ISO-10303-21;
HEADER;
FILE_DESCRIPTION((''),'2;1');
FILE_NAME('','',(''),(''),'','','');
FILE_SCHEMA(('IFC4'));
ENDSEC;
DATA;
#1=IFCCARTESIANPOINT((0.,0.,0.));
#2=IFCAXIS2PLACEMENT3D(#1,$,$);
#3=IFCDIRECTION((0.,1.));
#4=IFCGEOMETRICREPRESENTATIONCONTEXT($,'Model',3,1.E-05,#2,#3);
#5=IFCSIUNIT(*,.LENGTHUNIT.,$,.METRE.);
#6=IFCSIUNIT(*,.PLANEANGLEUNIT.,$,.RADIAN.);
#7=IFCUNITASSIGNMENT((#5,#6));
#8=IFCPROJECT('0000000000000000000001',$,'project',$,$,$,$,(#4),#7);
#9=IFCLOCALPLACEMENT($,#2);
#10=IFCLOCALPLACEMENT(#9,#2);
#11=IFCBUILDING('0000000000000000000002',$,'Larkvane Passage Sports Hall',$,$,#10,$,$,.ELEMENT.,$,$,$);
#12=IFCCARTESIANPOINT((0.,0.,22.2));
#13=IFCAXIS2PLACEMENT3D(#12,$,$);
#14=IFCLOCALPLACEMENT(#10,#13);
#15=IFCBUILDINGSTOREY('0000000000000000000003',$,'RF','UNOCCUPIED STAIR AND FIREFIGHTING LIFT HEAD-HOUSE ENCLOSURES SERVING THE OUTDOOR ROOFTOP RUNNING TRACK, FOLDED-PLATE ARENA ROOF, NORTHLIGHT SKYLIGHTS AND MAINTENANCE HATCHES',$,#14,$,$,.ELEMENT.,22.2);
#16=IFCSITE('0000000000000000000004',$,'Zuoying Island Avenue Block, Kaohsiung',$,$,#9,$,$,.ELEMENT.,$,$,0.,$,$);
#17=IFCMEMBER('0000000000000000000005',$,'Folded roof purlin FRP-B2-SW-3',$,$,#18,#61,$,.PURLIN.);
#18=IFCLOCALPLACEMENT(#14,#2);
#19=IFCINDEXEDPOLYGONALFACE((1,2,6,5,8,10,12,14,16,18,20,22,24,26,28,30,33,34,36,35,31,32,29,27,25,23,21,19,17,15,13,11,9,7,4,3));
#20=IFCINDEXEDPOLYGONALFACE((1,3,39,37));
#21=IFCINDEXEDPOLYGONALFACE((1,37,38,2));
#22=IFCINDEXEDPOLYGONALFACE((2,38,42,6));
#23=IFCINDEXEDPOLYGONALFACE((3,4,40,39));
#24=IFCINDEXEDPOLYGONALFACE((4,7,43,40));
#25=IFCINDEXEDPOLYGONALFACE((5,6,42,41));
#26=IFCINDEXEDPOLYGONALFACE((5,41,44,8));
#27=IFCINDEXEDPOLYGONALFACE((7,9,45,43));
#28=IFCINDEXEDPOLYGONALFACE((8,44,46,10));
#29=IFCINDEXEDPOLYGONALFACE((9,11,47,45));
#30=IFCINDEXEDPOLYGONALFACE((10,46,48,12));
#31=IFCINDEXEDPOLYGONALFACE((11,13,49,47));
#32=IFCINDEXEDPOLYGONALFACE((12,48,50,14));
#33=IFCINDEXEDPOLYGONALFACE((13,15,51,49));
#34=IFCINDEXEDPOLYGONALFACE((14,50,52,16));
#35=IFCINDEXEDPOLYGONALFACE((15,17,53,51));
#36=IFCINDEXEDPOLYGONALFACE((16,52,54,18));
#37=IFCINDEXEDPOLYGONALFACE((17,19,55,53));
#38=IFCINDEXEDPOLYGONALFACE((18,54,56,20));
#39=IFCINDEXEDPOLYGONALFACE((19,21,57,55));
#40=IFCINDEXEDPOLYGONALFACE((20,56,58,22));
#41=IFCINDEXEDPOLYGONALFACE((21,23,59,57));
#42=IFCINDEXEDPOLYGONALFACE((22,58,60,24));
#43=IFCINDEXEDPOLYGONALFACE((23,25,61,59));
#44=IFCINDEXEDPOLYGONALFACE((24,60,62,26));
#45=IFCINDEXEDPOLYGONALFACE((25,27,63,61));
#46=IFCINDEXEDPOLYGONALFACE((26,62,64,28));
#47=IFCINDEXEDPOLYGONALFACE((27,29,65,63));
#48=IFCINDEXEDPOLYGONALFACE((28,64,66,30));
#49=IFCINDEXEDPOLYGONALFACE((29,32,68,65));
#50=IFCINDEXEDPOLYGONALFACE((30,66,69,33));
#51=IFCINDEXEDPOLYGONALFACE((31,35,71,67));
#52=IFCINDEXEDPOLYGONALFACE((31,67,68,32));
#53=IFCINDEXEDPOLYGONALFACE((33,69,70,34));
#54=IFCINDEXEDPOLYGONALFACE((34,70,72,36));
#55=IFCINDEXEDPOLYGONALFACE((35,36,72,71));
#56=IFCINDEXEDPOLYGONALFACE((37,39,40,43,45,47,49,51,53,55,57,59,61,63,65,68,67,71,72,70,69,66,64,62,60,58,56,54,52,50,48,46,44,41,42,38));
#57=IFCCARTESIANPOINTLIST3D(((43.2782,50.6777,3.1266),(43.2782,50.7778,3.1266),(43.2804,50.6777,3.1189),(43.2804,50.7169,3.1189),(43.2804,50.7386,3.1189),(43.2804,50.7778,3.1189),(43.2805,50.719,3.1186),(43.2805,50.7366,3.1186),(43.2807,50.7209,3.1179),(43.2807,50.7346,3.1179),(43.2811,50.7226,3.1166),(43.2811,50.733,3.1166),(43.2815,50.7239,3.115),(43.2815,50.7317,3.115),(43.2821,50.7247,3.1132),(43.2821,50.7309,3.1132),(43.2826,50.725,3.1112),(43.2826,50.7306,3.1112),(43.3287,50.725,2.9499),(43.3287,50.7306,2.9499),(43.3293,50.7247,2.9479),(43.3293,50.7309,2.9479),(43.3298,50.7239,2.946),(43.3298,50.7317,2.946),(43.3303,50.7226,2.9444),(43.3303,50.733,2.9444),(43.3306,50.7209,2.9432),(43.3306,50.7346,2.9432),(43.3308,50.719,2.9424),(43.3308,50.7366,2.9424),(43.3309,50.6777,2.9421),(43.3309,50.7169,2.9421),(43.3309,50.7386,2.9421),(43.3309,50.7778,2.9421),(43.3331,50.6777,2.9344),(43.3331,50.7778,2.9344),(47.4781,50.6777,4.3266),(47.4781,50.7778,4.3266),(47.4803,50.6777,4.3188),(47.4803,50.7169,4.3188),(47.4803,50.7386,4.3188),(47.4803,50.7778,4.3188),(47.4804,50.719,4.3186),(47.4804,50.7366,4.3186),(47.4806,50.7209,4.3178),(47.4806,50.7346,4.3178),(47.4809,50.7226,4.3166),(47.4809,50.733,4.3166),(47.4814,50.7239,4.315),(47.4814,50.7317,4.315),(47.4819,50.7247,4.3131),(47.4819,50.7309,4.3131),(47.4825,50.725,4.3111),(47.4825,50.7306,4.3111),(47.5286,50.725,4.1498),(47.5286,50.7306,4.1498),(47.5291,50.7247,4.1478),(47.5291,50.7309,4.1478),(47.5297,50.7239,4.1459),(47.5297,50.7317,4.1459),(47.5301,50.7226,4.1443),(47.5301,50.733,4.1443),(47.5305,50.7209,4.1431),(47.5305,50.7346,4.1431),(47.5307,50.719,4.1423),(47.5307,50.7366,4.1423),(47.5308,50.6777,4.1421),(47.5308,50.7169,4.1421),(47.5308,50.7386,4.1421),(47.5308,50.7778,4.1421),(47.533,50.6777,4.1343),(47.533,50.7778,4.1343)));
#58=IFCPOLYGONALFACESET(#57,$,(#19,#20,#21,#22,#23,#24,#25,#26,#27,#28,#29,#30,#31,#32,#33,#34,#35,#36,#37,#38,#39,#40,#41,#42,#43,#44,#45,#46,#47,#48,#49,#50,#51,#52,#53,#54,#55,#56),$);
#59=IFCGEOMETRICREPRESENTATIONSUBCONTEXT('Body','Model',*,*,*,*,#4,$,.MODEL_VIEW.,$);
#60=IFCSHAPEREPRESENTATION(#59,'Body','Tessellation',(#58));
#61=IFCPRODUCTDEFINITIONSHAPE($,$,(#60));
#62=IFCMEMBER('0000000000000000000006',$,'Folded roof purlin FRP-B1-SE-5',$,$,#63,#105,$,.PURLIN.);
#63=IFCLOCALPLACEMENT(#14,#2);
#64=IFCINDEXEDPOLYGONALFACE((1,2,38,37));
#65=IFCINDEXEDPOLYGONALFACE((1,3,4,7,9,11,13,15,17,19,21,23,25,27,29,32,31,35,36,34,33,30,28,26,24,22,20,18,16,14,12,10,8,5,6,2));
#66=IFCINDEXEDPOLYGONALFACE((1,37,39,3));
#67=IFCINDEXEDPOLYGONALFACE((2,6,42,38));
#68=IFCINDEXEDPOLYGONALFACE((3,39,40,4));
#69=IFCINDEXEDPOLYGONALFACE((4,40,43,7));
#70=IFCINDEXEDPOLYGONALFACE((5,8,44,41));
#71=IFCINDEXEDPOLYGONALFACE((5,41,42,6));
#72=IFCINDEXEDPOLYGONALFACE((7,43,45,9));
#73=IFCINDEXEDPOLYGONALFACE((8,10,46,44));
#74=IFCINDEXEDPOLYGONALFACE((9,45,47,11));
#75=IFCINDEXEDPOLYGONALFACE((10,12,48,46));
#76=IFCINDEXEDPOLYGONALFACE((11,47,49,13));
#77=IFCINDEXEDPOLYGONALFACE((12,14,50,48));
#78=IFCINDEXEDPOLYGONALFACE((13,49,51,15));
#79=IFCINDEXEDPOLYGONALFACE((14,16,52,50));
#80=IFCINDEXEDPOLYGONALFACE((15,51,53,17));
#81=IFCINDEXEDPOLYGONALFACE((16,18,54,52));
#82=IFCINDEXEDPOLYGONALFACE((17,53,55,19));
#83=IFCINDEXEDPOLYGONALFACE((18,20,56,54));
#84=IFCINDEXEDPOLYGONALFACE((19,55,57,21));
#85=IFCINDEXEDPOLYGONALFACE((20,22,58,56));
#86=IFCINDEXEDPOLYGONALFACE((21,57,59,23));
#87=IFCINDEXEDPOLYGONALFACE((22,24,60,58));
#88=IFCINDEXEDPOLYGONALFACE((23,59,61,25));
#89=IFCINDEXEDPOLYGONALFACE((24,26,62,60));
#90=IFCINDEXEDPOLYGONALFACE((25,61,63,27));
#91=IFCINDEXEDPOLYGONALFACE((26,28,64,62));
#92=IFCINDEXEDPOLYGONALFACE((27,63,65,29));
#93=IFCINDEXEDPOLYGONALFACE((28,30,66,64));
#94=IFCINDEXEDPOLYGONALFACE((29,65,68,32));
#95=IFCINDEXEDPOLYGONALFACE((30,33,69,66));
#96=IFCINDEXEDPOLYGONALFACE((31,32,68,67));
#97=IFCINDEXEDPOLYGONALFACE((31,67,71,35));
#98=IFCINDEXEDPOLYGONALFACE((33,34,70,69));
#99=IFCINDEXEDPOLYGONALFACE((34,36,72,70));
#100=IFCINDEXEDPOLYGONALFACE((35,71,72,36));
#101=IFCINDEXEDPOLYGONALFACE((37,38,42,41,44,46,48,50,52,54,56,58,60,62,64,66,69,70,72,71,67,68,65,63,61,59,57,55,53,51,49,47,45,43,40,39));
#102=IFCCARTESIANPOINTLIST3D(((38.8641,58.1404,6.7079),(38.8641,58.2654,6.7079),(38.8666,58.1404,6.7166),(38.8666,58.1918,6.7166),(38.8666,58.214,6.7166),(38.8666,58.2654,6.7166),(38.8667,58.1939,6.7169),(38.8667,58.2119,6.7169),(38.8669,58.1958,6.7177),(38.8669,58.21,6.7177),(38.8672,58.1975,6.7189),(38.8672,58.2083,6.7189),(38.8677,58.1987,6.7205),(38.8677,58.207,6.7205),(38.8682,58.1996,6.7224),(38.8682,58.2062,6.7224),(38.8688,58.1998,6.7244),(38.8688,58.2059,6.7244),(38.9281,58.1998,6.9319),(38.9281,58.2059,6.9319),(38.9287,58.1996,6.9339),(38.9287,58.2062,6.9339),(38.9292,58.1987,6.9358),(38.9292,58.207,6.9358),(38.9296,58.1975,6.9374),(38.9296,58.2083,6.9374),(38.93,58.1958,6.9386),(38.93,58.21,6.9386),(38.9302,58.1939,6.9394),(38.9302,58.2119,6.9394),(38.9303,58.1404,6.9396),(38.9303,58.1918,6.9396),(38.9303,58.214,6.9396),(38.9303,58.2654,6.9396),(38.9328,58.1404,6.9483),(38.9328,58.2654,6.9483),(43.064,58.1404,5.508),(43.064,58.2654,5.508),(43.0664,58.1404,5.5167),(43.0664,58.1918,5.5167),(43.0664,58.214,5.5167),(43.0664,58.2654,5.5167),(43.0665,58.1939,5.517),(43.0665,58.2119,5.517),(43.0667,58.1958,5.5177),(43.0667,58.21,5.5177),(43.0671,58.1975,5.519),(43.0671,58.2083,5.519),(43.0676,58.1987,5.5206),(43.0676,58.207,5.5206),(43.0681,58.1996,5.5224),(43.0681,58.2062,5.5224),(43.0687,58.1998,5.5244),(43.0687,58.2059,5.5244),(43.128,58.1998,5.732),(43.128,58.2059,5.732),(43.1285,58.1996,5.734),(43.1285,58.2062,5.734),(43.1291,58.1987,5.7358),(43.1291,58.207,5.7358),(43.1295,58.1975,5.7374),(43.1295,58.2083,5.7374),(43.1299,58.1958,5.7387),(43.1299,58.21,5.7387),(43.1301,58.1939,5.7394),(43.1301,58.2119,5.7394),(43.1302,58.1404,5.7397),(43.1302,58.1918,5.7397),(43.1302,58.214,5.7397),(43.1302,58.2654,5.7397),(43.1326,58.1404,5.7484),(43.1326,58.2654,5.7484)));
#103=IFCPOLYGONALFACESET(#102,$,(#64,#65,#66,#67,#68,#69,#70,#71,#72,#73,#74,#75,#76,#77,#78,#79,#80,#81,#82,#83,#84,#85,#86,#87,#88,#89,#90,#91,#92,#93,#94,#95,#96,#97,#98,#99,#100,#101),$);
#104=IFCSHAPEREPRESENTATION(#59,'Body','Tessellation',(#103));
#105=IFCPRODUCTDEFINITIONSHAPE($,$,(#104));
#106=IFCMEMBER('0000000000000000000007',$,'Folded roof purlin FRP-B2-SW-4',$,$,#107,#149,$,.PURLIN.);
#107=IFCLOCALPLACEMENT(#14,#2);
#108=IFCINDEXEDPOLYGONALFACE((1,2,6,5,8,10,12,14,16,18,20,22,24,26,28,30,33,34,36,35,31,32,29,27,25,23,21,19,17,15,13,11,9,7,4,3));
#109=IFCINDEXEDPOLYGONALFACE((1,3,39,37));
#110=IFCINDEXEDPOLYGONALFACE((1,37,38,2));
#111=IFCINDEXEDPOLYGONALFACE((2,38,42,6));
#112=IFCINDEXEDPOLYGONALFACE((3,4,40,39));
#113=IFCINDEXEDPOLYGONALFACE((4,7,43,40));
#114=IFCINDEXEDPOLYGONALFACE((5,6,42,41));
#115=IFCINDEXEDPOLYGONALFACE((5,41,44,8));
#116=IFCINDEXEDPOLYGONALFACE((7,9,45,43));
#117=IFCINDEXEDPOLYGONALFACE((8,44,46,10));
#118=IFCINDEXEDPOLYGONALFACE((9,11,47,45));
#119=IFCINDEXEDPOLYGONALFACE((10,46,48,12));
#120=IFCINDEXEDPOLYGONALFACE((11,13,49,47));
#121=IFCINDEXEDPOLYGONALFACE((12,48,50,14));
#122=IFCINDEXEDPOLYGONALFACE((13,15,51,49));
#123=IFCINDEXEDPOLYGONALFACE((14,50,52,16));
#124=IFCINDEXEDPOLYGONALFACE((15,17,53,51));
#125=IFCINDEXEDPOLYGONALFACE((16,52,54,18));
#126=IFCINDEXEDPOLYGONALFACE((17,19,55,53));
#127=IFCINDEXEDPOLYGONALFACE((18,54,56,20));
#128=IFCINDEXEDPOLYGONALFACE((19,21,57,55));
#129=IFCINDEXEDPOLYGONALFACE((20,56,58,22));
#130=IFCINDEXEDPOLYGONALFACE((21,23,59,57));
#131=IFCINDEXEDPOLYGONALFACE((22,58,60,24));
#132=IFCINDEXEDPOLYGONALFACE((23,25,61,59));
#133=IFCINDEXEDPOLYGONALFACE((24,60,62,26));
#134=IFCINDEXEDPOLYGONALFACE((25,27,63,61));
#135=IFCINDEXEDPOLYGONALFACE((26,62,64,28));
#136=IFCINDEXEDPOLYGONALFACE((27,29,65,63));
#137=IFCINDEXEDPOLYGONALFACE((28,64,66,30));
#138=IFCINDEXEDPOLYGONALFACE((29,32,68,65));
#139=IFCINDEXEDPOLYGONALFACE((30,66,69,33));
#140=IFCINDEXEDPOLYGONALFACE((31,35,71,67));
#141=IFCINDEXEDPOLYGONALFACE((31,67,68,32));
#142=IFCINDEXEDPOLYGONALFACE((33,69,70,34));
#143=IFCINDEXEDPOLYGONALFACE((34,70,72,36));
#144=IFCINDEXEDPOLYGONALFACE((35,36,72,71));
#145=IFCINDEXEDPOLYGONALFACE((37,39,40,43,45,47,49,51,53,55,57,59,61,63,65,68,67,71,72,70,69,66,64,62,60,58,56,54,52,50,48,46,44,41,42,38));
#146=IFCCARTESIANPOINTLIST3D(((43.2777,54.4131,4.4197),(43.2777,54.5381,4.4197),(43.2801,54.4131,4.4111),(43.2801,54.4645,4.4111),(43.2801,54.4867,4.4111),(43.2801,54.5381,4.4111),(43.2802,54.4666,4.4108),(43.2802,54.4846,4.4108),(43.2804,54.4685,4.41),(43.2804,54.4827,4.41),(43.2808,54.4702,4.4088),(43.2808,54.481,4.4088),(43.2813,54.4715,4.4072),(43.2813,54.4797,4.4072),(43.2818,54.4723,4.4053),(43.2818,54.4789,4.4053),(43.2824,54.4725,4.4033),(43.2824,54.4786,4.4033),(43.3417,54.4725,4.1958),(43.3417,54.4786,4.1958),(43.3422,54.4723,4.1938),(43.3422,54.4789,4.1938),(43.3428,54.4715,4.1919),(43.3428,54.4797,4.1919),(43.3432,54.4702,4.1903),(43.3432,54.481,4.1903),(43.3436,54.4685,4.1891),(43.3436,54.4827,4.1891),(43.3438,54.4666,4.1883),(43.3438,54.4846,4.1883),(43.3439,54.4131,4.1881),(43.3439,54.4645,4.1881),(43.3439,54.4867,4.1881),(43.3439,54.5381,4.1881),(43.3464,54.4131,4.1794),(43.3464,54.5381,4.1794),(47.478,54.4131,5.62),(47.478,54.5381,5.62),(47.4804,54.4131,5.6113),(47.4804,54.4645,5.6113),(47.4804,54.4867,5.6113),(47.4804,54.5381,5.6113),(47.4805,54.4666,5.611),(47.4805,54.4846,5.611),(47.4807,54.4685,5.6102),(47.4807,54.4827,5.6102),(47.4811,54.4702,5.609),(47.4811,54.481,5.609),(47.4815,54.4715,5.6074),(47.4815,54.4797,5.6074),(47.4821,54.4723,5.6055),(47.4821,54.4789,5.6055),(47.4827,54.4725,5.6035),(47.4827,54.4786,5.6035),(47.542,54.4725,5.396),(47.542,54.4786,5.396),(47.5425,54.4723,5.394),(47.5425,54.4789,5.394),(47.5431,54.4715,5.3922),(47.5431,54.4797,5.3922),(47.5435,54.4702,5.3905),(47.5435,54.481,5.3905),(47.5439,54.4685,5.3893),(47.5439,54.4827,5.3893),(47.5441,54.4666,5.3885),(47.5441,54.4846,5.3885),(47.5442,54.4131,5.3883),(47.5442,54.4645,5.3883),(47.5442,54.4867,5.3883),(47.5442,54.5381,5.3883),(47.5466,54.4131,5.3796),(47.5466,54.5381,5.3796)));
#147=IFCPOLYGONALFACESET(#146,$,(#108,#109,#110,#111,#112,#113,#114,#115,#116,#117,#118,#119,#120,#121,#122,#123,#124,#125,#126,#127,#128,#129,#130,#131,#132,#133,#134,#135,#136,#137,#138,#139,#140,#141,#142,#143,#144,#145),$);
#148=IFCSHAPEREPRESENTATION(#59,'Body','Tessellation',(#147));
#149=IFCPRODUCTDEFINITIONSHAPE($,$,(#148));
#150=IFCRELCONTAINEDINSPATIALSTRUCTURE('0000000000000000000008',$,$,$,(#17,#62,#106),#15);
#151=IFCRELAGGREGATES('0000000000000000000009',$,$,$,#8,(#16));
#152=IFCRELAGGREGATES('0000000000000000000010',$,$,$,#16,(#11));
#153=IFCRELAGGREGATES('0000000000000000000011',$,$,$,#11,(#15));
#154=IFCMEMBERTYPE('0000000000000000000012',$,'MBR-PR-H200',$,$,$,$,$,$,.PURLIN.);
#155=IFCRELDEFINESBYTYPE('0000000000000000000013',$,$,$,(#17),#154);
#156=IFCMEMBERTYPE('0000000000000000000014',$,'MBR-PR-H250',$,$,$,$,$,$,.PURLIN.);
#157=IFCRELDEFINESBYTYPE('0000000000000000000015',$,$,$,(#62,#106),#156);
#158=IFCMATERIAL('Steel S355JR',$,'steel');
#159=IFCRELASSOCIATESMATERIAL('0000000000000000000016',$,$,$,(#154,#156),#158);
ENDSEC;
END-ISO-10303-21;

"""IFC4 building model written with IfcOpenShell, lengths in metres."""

from ifc_helpers import new_model, si_unit, direction, frame, origin, origin_2d, place, context, subcontext, project, spatial, i_section, extrude, material, material_profile, profile_set, type_object, element, save


model = new_model("IFC4")

# Units and contexts
model_context = context("Model", 3, precision=1e-05, world=origin(), true_north=direction((0.0, 1.0)))
body_context = subcontext(model_context, "Body", "Model", "MODEL_VIEW")
ifc_project = project(units=[si_unit("LENGTHUNIT", "METRE"), si_unit("PLANEANGLEUNIT", "RADIAN")], contexts=[model_context])

# Site, building, storey
site_placement = place(None, origin())
site = spatial("IfcSite", under=ifc_project, at=site_placement, Name="Zuoying Island Avenue Block, Kaohsiung", CompositionType="ELEMENT", RefElevation=0.0)
building_placement = place(site_placement, origin())
building = spatial("IfcBuilding", under=site, at=building_placement, Name="Larkvane Passage Sports Hall", CompositionType="ELEMENT")
storey_placement = place(building_placement, frame((0.0, 0.0, 22.2)))
storey = spatial("IfcBuildingStorey", under=building, at=storey_placement, Name="RF", Description="UNOCCUPIED STAIR AND FIREFIGHTING LIFT HEAD-HOUSE ENCLOSURES SERVING THE OUTDOOR ROOFTOP RUNNING TRACK, FOLDED-PLATE ARENA ROOF, NORTHLIGHT SKYLIGHTS AND MAINTENANCE HATCHES", CompositionType="ELEMENT", Elevation=22.2)

# Members
ifc_material_1 = material(Name="Steel S355JR", Category="steel")
ifc_material_profile_1 = material_profile(ifc_material_1, i_section(OverallWidth=0.1001, OverallDepth=0.2, WebThickness=0.0056, FlangeThickness=0.0081, FilletRadius=0.0081, at=origin_2d()), Name="H-200x100x5.5x8")
ifc_profile_set_1 = profile_set([ifc_material_profile_1], Name="Steel S355JR")
member_type_1 = type_object("IfcMemberType", Name="MBR-PR-H200", PredefinedType="PURLIN", material=ifc_profile_set_1)
member_1_placement = place(storey_placement, frame((43.3057, 50.7278, 3.0305), z_axis=(0.961526, 0.0, 0.274714), x_axis=(0.0, 1.0, 0.0)))
element("IfcMember", 1, at=member_1_placement, inside=storey, type_object=member_type_1, Name="Folded roof purlin FRP-B2-SW-3", PredefinedType="PURLIN", context=body_context, shape_type="SweptSolid", body=[
    extrude(i_section(OverallWidth=0.1001, OverallDepth=0.2, WebThickness=0.0056, FlangeThickness=0.0081, FilletRadius=0.0081, at=origin_2d()), origin(), (0.0, 0.0, 1.0), 4.3679),
])
ifc_material_profile_2 = material_profile(ifc_material_1, i_section(OverallWidth=0.125, OverallDepth=0.25, WebThickness=0.0061, FlangeThickness=0.009, FilletRadius=0.0081, at=origin_2d()), Name="H-250x125x6x9")
ifc_profile_set_2 = profile_set([ifc_material_profile_2], Name="Steel S355JR")
member_type_2 = type_object("IfcMemberType", Name="MBR-PR-H250", PredefinedType="PURLIN", material=ifc_profile_set_2)
member_2_placement = place(storey_placement, frame((38.8984, 58.2029, 6.8281), z_axis=(0.961526, 0.0, -0.274714), x_axis=(0.0, 1.0, 0.0)))
element("IfcMember", 2, at=member_2_placement, inside=storey, type_object=member_type_2, Name="Folded roof purlin FRP-B1-SE-5", PredefinedType="PURLIN", context=body_context, shape_type="SweptSolid", body=[
    extrude(i_section(OverallWidth=0.125, OverallDepth=0.25, WebThickness=0.0061, FlangeThickness=0.009, FilletRadius=0.0081, at=origin_2d()), origin(), (0.0, 0.0, 1.0), 4.3679),
])
member_3_placement = place(storey_placement, frame((43.312, 54.4756, 4.2996), z_axis=(0.961516, 0.0, 0.274751), x_axis=(0.0, 1.0, 0.0)))
element("IfcMember", 3, at=member_3_placement, inside=storey, type_object=member_type_2, Name="Folded roof purlin FRP-B2-SW-4", PredefinedType="PURLIN", context=body_context, shape_type="SweptSolid", body=[
    extrude(i_section(OverallWidth=0.125, OverallDepth=0.25, WebThickness=0.0061, FlangeThickness=0.009, FilletRadius=0.0081, at=origin_2d()), origin(), (0.0, 0.0, 1.0), 4.3684),
])

save(model, "model.ifc")
